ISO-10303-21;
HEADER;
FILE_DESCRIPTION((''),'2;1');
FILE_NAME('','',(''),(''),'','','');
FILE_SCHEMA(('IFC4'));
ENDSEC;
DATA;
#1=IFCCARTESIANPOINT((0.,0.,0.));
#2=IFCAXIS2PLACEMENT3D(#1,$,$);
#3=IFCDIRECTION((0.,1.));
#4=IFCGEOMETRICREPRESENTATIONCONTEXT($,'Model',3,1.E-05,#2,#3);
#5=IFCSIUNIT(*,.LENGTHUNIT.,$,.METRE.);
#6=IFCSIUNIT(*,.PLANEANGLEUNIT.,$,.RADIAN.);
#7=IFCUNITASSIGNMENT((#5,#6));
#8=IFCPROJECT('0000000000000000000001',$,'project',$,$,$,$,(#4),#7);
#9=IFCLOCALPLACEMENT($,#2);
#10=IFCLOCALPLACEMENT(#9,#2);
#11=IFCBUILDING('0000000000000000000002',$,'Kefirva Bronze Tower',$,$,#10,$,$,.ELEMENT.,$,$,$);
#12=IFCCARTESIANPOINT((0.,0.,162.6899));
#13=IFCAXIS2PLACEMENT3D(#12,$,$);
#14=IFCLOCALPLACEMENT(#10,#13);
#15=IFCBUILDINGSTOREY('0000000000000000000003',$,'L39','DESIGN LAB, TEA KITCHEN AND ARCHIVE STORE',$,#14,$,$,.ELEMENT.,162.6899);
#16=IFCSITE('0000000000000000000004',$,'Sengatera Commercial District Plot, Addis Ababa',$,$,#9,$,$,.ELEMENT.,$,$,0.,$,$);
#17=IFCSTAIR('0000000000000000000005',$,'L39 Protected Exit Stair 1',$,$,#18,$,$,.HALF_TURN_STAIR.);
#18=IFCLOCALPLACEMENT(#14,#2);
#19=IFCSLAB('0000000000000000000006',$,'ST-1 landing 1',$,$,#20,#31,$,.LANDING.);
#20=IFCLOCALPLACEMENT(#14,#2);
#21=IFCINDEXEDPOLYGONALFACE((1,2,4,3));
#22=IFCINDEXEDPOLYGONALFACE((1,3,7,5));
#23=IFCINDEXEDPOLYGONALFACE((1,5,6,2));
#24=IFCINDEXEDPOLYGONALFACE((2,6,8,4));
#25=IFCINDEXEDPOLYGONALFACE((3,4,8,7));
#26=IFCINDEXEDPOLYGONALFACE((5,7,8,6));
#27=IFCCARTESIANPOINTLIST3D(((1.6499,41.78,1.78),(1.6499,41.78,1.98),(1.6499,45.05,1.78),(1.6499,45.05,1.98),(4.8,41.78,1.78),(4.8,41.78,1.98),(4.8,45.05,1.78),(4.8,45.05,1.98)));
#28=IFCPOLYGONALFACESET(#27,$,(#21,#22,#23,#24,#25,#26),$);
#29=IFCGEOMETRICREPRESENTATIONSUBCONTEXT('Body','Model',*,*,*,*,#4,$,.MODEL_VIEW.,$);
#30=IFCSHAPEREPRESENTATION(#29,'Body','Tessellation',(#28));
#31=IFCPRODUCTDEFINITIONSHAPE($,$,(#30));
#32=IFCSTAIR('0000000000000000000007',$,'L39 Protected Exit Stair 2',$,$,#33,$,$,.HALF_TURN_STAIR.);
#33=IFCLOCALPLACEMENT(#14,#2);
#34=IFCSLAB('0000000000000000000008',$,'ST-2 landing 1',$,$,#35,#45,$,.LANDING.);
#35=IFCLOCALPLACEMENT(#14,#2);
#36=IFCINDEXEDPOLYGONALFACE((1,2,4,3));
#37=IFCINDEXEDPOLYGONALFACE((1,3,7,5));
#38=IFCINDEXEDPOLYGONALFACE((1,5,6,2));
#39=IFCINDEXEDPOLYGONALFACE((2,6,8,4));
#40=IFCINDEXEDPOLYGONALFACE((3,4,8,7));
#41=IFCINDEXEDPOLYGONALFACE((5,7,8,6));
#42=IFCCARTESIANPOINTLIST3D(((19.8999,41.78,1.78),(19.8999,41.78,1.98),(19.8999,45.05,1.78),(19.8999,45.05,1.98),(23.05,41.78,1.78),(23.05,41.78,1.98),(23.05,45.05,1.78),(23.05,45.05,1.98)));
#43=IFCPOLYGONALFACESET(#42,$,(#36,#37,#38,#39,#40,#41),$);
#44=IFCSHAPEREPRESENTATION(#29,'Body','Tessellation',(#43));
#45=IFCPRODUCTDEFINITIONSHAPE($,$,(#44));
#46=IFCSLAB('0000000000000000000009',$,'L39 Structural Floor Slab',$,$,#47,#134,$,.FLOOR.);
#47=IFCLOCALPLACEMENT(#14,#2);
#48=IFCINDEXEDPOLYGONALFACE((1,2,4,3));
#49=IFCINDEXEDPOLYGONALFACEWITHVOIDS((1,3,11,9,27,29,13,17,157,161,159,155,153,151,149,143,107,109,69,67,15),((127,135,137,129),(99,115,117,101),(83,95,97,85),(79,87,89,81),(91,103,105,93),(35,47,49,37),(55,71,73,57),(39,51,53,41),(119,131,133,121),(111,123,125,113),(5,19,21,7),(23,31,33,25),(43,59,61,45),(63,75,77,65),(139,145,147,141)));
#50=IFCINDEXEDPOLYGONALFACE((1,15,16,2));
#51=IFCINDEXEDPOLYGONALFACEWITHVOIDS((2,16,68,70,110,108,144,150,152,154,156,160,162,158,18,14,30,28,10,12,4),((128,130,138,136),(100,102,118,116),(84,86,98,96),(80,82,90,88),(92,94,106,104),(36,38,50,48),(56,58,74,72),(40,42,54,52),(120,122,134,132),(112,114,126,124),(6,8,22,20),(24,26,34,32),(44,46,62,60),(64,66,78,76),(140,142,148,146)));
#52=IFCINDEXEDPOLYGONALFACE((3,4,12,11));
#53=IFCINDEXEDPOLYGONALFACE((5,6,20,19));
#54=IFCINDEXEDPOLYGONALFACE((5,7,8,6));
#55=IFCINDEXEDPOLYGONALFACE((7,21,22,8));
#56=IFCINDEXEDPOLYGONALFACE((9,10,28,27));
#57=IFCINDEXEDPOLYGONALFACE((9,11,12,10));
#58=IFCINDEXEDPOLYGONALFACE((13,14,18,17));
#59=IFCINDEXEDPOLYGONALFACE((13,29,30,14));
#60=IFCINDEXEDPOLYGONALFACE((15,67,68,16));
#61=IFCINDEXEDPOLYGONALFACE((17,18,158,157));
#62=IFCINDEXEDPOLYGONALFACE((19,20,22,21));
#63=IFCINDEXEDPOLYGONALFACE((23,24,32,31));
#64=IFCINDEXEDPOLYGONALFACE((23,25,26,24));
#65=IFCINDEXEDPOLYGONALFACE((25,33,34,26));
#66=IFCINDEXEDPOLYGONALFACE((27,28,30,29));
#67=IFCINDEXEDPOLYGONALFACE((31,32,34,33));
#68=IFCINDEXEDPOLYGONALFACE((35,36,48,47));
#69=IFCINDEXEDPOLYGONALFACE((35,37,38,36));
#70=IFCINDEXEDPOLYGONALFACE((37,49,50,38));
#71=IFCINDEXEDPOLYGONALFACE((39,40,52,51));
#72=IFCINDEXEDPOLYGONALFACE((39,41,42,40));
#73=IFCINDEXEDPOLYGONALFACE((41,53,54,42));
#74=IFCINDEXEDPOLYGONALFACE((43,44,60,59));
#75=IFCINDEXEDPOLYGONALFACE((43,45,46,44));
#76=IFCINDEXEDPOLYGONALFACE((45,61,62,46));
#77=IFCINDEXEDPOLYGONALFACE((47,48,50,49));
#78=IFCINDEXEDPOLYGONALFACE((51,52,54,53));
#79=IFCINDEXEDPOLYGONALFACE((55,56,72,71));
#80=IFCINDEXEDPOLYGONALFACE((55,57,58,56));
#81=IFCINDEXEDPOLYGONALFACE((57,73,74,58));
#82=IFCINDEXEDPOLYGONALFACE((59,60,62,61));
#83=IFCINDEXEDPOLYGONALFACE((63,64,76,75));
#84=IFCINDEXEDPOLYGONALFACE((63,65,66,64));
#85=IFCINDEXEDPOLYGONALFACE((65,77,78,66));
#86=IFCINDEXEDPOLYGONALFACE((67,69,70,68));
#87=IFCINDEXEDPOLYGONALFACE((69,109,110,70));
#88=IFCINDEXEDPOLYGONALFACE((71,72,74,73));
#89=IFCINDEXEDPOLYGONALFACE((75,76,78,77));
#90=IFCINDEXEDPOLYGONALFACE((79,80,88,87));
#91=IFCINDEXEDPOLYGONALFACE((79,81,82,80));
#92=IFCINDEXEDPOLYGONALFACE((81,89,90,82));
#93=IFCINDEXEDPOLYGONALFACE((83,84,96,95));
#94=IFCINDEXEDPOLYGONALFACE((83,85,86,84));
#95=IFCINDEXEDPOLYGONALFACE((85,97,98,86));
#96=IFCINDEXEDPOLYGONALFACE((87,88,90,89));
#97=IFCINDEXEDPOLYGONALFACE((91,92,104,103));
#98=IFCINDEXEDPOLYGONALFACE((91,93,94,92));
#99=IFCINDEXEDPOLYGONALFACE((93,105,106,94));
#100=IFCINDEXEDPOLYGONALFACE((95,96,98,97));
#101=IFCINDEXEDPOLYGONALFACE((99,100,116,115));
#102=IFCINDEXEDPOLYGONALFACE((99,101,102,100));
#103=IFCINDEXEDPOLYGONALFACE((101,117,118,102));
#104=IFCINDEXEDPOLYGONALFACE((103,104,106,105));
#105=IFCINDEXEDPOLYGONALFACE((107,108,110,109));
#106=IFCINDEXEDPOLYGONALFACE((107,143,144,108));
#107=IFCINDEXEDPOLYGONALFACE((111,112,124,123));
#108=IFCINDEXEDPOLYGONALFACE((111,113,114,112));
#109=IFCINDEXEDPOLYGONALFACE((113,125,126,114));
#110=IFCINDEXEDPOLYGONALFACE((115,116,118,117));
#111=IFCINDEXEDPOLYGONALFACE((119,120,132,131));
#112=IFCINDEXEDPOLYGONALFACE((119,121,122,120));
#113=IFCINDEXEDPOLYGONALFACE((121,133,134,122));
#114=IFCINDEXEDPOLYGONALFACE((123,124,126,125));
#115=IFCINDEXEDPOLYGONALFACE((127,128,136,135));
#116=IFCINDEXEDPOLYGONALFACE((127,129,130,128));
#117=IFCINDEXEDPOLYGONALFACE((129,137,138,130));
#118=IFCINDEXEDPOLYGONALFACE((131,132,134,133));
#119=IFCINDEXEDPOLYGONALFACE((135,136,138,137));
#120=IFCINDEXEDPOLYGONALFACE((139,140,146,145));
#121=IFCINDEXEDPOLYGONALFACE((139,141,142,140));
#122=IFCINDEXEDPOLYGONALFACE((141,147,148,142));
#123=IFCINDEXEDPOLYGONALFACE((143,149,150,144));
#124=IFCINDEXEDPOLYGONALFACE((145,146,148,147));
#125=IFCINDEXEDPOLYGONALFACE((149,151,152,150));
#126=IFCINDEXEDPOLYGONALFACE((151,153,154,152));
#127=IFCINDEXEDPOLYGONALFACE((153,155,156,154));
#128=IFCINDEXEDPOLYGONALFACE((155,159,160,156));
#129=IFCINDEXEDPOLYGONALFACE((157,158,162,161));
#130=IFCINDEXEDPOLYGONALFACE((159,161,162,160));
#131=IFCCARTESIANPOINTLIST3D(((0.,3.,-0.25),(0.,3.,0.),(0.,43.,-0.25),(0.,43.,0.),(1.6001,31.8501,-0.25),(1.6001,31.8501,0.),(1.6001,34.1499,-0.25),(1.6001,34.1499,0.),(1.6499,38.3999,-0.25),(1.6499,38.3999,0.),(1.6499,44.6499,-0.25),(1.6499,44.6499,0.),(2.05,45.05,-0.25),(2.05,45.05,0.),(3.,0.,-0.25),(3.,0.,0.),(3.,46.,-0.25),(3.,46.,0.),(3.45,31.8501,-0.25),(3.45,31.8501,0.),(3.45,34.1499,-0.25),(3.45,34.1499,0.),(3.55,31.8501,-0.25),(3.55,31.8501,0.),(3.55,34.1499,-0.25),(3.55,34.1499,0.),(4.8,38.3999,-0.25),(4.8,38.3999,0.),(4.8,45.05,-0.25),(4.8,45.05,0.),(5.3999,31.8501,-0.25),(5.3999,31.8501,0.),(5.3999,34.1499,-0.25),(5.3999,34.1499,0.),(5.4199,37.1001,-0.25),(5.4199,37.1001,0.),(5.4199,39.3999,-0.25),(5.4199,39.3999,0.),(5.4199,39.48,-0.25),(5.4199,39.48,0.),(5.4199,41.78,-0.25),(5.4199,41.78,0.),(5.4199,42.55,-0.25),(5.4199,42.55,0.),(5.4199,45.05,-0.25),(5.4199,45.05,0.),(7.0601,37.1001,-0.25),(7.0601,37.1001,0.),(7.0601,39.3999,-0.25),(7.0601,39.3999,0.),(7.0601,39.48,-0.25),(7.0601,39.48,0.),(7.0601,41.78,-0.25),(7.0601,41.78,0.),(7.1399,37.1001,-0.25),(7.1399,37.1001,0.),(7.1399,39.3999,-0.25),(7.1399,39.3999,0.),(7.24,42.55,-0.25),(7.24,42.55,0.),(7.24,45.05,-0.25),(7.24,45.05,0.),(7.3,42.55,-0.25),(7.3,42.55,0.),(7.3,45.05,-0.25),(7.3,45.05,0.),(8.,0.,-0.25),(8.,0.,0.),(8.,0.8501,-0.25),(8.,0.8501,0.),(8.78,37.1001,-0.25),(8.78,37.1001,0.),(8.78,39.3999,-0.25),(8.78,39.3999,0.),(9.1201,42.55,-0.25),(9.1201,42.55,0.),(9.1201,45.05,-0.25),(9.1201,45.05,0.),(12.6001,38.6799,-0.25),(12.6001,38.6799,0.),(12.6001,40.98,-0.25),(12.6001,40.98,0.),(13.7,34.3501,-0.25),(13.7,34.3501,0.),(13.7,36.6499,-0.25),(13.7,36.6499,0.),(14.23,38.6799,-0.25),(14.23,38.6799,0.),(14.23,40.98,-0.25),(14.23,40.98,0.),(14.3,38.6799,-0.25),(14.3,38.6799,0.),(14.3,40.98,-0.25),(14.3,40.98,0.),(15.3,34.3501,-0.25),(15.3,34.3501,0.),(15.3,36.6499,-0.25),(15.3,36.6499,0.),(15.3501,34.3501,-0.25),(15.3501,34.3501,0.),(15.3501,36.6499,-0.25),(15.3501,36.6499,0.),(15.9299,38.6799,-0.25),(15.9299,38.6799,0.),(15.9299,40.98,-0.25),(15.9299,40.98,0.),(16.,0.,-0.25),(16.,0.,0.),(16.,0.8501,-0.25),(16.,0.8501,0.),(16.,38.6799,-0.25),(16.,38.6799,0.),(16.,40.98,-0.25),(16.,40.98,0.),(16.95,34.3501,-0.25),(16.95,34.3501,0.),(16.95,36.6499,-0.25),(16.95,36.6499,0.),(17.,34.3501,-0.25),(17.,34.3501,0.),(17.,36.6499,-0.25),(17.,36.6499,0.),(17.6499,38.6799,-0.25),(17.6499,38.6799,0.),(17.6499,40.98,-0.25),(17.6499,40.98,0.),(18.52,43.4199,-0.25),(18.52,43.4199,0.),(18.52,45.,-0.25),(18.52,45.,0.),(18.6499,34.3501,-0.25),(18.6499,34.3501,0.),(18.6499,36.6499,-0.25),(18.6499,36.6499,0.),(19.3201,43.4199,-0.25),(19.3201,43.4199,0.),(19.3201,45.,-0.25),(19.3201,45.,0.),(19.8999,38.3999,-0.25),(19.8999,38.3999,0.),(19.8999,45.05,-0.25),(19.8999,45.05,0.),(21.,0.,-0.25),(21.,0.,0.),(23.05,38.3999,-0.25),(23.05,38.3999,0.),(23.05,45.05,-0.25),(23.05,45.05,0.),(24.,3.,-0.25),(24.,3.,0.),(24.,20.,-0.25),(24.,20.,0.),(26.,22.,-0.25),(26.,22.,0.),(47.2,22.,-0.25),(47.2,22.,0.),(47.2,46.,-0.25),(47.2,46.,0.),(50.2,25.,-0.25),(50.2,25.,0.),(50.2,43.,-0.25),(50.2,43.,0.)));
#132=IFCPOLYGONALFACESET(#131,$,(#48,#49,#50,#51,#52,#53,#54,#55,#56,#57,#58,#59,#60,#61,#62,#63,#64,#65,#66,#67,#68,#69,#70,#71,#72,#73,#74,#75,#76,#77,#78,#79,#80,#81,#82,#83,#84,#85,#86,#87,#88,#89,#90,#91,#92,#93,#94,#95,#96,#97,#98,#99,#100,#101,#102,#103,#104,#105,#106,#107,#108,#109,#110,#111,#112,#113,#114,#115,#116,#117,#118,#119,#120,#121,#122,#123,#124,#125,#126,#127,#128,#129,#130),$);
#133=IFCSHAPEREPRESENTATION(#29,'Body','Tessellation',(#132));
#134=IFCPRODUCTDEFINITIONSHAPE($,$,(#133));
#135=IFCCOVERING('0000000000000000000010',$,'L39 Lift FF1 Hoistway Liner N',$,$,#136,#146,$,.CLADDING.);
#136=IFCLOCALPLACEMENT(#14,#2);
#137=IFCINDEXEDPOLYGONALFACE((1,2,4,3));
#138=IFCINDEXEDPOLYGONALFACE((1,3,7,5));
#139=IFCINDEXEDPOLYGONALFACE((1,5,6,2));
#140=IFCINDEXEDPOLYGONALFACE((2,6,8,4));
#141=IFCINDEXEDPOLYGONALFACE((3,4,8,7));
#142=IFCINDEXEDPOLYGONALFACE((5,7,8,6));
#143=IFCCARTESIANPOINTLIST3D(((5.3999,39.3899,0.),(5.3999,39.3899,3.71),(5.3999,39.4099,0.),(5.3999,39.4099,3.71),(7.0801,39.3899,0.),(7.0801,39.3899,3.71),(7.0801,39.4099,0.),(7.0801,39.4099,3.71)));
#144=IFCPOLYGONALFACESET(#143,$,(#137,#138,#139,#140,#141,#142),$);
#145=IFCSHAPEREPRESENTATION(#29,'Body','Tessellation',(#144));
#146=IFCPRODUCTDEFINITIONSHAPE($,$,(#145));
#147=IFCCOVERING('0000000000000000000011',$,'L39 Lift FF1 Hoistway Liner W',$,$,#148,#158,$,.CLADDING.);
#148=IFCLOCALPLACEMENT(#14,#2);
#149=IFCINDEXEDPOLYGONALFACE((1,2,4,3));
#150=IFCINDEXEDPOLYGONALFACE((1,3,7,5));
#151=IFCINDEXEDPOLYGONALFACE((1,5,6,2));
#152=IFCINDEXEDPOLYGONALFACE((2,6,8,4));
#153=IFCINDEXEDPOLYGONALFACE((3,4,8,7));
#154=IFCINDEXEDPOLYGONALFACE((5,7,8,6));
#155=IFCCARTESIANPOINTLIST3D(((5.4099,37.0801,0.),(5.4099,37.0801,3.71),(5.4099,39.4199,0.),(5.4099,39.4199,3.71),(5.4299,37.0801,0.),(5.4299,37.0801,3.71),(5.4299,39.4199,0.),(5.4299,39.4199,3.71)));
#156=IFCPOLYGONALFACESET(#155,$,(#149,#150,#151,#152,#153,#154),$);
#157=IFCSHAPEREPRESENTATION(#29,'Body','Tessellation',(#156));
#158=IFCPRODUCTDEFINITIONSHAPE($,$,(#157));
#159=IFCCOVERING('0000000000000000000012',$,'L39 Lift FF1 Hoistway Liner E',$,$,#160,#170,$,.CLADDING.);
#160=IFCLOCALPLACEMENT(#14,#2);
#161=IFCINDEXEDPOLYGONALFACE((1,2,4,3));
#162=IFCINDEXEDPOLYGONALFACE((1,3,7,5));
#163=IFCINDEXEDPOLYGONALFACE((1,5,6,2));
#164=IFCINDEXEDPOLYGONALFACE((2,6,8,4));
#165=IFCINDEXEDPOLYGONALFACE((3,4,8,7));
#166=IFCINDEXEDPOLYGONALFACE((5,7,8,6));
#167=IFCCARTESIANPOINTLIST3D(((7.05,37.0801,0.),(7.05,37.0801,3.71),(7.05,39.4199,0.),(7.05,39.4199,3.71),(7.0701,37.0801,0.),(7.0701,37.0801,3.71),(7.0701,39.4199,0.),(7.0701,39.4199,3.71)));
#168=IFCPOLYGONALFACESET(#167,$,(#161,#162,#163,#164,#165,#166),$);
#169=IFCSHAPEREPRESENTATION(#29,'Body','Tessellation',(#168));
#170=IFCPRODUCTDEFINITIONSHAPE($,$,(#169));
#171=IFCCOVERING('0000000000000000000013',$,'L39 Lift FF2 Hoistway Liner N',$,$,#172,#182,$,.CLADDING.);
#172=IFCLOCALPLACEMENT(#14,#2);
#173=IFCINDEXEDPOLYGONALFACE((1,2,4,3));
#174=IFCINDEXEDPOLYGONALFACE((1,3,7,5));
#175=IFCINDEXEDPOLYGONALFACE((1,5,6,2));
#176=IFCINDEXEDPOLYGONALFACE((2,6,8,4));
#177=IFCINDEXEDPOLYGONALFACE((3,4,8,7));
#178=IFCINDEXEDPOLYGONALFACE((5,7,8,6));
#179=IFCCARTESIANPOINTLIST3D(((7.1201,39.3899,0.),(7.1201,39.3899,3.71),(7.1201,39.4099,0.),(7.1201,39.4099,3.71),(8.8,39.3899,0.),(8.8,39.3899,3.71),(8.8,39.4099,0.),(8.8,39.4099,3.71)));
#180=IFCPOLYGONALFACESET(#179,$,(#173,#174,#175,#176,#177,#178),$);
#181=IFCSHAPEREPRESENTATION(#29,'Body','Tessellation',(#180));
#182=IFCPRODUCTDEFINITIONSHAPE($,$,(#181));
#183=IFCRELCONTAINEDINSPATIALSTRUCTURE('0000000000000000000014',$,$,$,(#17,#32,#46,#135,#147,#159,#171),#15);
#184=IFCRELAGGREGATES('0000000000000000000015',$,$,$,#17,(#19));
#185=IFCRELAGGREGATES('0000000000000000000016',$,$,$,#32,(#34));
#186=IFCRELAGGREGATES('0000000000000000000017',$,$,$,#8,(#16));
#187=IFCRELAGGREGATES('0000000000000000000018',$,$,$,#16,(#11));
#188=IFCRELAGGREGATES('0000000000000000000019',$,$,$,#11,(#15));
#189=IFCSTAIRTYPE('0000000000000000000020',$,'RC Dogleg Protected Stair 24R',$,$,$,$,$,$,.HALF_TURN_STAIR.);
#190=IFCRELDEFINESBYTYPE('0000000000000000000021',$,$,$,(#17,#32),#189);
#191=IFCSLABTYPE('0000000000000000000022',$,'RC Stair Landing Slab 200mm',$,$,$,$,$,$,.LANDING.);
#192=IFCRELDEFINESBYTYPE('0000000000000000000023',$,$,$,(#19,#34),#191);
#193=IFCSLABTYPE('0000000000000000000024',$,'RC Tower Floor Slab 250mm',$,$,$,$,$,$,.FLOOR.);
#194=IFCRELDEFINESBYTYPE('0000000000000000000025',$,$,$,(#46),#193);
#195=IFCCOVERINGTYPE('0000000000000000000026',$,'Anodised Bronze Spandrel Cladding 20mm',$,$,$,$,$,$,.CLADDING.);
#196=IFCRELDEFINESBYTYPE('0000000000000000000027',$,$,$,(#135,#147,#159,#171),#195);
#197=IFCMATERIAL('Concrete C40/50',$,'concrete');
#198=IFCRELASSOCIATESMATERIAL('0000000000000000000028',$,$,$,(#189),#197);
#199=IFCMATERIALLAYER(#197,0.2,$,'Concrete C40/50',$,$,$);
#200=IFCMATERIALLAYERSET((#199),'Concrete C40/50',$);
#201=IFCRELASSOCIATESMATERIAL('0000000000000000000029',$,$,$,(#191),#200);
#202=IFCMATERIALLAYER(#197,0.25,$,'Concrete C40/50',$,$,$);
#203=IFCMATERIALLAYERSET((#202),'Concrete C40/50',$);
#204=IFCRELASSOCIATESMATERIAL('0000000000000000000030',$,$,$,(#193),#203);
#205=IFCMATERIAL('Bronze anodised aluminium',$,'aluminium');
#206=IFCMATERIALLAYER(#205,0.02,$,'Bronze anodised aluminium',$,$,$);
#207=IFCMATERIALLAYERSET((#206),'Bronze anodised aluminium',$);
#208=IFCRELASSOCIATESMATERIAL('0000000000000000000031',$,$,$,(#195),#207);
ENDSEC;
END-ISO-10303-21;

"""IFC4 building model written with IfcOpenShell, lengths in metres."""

from ifc_helpers import new_model, si_unit, direction, frame, origin, place, context, subcontext, project, spatial, polyline, outline, extrude, material, layer, layer_set, type_object, element, aggregate, save


model = new_model("IFC4")

# Units and contexts
model_context = context("Model", 3, precision=1e-05, world=origin(), true_north=direction((0.0, 1.0)))
body_context = subcontext(model_context, "Body", "Model", "MODEL_VIEW")
ifc_project = project(units=[si_unit("LENGTHUNIT", "METRE"), si_unit("PLANEANGLEUNIT", "RADIAN")], contexts=[model_context])

# Site, building, storey
site_placement = place(None, origin())
site = spatial("IfcSite", under=ifc_project, at=site_placement, Name="Sengatera Commercial District Plot, Addis Ababa", CompositionType="ELEMENT", RefElevation=0.0)
building_placement = place(site_placement, origin())
building = spatial("IfcBuilding", under=site, at=building_placement, Name="Kefirva Bronze Tower", CompositionType="ELEMENT")
storey_placement = place(building_placement, frame((0.0, 0.0, 162.6899)))
storey = spatial("IfcBuildingStorey", under=building, at=storey_placement, Name="L39", Description="DESIGN LAB, TEA KITCHEN AND ARCHIVE STORE", CompositionType="ELEMENT", Elevation=162.6899)

# Stairs, slabs
ifc_material_1 = material(Name="Concrete C40/50", Category="concrete")
stair_type = type_object("IfcStairType", Name="RC Dogleg Protected Stair 24R", PredefinedType="HALF_TURN_STAIR", material=ifc_material_1)
stair_1_placement = place(storey_placement, origin())
stair_1 = element("IfcStair", 1, at=stair_1_placement, inside=storey, type_object=stair_type, Name="L39 Protected Exit Stair 1", PredefinedType="HALF_TURN_STAIR")
ifc_layer_1 = layer(ifc_material_1, 0.2, Name="Concrete C40/50")
ifc_layer_set_1 = layer_set([ifc_layer_1], Name="Concrete C40/50")
slab_type_1 = type_object("IfcSlabType", Name="RC Stair Landing Slab 200mm", PredefinedType="LANDING", material=ifc_layer_set_1)
slab_1_placement = place(storey_placement, frame((0.0, 0.0, 1.78)))
slab_1 = element("IfcSlab", 2, at=slab_1_placement, type_object=slab_type_1, Name="ST-1 landing 1", PredefinedType="LANDING", context=body_context, shape_type="SweptSolid", body=[
    extrude(outline(polyline([(4.8, 41.78), (4.8, 45.05), (1.6499, 45.05), (1.6499, 41.78), (4.8, 41.78)])), origin(), (0.0, 0.0, 1.0), 0.2),
])
aggregate(stair_1, [slab_1])
stair_2_placement = place(storey_placement, origin())
stair_2 = element("IfcStair", 3, at=stair_2_placement, inside=storey, type_object=stair_type, Name="L39 Protected Exit Stair 2", PredefinedType="HALF_TURN_STAIR")
slab_2_placement = place(storey_placement, frame((0.0, 0.0, 1.78)))
slab_2 = element("IfcSlab", 4, at=slab_2_placement, type_object=slab_type_1, Name="ST-2 landing 1", PredefinedType="LANDING", context=body_context, shape_type="SweptSolid", body=[
    extrude(outline(polyline([(23.05, 41.78), (23.05, 45.05), (19.8999, 45.05), (19.8999, 41.78), (23.05, 41.78)])), origin(), (0.0, 0.0, 1.0), 0.2),
])
aggregate(stair_2, [slab_2])

# Slab
ifc_layer_2 = layer(ifc_material_1, 0.25, Name="Concrete C40/50")
ifc_layer_set_2 = layer_set([ifc_layer_2], Name="Concrete C40/50")
slab_type_2 = type_object("IfcSlabType", Name="RC Tower Floor Slab 250mm", PredefinedType="FLOOR", material=ifc_layer_set_2)
slab_3_placement = place(storey_placement, frame((0.0, 0.0, -0.25)))
element("IfcSlab", 5, at=slab_3_placement, inside=storey, type_object=slab_type_2, Name="L39 Structural Floor Slab", PredefinedType="FLOOR", context=body_context, shape_type="SweptSolid", body=[
    extrude(outline(polyline([(0.0, 3.0), (0.0, 43.0), (1.6499, 44.6499), (1.6499, 38.3999), (4.8, 38.3999), (4.8, 45.05), (2.05, 45.05), (3.0, 46.0), (47.2, 46.0), (50.2, 43.0), (50.2, 25.0), (47.2, 22.0), (26.0, 22.0), (24.0, 20.0), (24.0, 3.0), (21.0, 0.0), (16.0, 0.0), (16.0, 0.8501), (8.0, 0.8501), (8.0, 0.0), (3.0, 0.0), (0.0, 3.0)]), holes=[polyline([(23.05, 38.3999), (23.05, 45.05), (19.8999, 45.05), (19.8999, 38.3999), (23.05, 38.3999)]), polyline([(19.3201, 43.4199), (19.3201, 45.0), (18.52, 45.0), (18.52, 43.4199), (19.3201, 43.4199)]), polyline([(18.6499, 34.3501), (18.6499, 36.6499), (17.0, 36.6499), (17.0, 34.3501), (18.6499, 34.3501)]), polyline([(17.6499, 38.6799), (17.6499, 40.98), (16.0, 40.98), (16.0, 38.6799), (17.6499, 38.6799)]), polyline([(16.95, 34.3501), (16.95, 36.6499), (15.3501, 36.6499), (15.3501, 34.3501), (16.95, 34.3501)]), polyline([(15.9299, 38.6799), (15.9299, 40.98), (14.3, 40.98), (14.3, 38.6799), (15.9299, 38.6799)]), polyline([(15.3, 34.3501), (15.3, 36.6499), (13.7, 36.6499), (13.7, 34.3501), (15.3, 34.3501)]), polyline([(14.23, 38.6799), (14.23, 40.98), (12.6001, 40.98), (12.6001, 38.6799), (14.23, 38.6799)]), polyline([(9.1201, 42.55), (9.1201, 45.05), (7.3, 45.05), (7.3, 42.55), (9.1201, 42.55)]), polyline([(8.78, 37.1001), (8.78, 39.3999), (7.1399, 39.3999), (7.1399, 37.1001), (8.78, 37.1001)]), polyline([(7.24, 42.55), (7.24, 45.05), (5.4199, 45.05), (5.4199, 42.55), (7.24, 42.55)]), polyline([(7.0601, 37.1001), (7.0601, 39.3999), (5.4199, 39.3999), (5.4199, 37.1001), (7.0601, 37.1001)]), polyline([(7.0601, 39.48), (7.0601, 41.78), (5.4199, 41.78), (5.4199, 39.48), (7.0601, 39.48)]), polyline([(5.3999, 31.8501), (5.3999, 34.1499), (3.55, 34.1499), (3.55, 31.8501), (5.3999, 31.8501)]), polyline([(3.45, 31.8501), (3.45, 34.1499), (1.6001, 34.1499), (1.6001, 31.8501), (3.45, 31.8501)])]), origin(), (0.0, 0.0, 1.0), 0.25),
])

# Coverings
ifc_material_2 = material(Name="Bronze anodised aluminium", Category="aluminium")
ifc_layer_3 = layer(ifc_material_2, 0.02, Name="Bronze anodised aluminium")
ifc_layer_set_3 = layer_set([ifc_layer_3], Name="Bronze anodised aluminium")
covering_type = type_object("IfcCoveringType", Name="Anodised Bronze Spandrel Cladding 20mm", PredefinedType="CLADDING", material=ifc_layer_set_3)
covering_1_placement = place(storey_placement, origin())
element("IfcCovering", 6, at=covering_1_placement, inside=storey, type_object=covering_type, Name="L39 Lift FF1 Hoistway Liner N", PredefinedType="CLADDING", context=body_context, shape_type="SweptSolid", body=[
    extrude(outline(polyline([(5.3999, 39.3899), (7.0801, 39.3899), (7.0801, 39.4099), (5.3999, 39.4099), (5.3999, 39.3899)])), origin(), (0.0, 0.0, 1.0), 3.71),
])
covering_2_placement = place(storey_placement, origin())
element("IfcCovering", 7, at=covering_2_placement, inside=storey, type_object=covering_type, Name="L39 Lift FF1 Hoistway Liner W", PredefinedType="CLADDING", context=body_context, shape_type="SweptSolid", body=[
    extrude(outline(polyline([(5.4099, 37.0801), (5.4299, 37.0801), (5.4299, 39.4199), (5.4099, 39.4199), (5.4099, 37.0801)])), origin(), (0.0, 0.0, 1.0), 3.71),
])
covering_3_placement = place(storey_placement, origin())
element("IfcCovering", 8, at=covering_3_placement, inside=storey, type_object=covering_type, Name="L39 Lift FF1 Hoistway Liner E", PredefinedType="CLADDING", context=body_context, shape_type="SweptSolid", body=[
    extrude(outline(polyline([(7.05, 37.0801), (7.0701, 37.0801), (7.0701, 39.4199), (7.05, 39.4199), (7.05, 37.0801)])), origin(), (0.0, 0.0, 1.0), 3.71),
])
covering_4_placement = place(storey_placement, origin())
element("IfcCovering", 9, at=covering_4_placement, inside=storey, type_object=covering_type, Name="L39 Lift FF2 Hoistway Liner N", PredefinedType="CLADDING", context=body_context, shape_type="SweptSolid", body=[
    extrude(outline(polyline([(7.1201, 39.3899), (8.8, 39.3899), (8.8, 39.4099), (7.1201, 39.4099), (7.1201, 39.3899)])), origin(), (0.0, 0.0, 1.0), 3.71),
])

save(model, "model.ifc")
